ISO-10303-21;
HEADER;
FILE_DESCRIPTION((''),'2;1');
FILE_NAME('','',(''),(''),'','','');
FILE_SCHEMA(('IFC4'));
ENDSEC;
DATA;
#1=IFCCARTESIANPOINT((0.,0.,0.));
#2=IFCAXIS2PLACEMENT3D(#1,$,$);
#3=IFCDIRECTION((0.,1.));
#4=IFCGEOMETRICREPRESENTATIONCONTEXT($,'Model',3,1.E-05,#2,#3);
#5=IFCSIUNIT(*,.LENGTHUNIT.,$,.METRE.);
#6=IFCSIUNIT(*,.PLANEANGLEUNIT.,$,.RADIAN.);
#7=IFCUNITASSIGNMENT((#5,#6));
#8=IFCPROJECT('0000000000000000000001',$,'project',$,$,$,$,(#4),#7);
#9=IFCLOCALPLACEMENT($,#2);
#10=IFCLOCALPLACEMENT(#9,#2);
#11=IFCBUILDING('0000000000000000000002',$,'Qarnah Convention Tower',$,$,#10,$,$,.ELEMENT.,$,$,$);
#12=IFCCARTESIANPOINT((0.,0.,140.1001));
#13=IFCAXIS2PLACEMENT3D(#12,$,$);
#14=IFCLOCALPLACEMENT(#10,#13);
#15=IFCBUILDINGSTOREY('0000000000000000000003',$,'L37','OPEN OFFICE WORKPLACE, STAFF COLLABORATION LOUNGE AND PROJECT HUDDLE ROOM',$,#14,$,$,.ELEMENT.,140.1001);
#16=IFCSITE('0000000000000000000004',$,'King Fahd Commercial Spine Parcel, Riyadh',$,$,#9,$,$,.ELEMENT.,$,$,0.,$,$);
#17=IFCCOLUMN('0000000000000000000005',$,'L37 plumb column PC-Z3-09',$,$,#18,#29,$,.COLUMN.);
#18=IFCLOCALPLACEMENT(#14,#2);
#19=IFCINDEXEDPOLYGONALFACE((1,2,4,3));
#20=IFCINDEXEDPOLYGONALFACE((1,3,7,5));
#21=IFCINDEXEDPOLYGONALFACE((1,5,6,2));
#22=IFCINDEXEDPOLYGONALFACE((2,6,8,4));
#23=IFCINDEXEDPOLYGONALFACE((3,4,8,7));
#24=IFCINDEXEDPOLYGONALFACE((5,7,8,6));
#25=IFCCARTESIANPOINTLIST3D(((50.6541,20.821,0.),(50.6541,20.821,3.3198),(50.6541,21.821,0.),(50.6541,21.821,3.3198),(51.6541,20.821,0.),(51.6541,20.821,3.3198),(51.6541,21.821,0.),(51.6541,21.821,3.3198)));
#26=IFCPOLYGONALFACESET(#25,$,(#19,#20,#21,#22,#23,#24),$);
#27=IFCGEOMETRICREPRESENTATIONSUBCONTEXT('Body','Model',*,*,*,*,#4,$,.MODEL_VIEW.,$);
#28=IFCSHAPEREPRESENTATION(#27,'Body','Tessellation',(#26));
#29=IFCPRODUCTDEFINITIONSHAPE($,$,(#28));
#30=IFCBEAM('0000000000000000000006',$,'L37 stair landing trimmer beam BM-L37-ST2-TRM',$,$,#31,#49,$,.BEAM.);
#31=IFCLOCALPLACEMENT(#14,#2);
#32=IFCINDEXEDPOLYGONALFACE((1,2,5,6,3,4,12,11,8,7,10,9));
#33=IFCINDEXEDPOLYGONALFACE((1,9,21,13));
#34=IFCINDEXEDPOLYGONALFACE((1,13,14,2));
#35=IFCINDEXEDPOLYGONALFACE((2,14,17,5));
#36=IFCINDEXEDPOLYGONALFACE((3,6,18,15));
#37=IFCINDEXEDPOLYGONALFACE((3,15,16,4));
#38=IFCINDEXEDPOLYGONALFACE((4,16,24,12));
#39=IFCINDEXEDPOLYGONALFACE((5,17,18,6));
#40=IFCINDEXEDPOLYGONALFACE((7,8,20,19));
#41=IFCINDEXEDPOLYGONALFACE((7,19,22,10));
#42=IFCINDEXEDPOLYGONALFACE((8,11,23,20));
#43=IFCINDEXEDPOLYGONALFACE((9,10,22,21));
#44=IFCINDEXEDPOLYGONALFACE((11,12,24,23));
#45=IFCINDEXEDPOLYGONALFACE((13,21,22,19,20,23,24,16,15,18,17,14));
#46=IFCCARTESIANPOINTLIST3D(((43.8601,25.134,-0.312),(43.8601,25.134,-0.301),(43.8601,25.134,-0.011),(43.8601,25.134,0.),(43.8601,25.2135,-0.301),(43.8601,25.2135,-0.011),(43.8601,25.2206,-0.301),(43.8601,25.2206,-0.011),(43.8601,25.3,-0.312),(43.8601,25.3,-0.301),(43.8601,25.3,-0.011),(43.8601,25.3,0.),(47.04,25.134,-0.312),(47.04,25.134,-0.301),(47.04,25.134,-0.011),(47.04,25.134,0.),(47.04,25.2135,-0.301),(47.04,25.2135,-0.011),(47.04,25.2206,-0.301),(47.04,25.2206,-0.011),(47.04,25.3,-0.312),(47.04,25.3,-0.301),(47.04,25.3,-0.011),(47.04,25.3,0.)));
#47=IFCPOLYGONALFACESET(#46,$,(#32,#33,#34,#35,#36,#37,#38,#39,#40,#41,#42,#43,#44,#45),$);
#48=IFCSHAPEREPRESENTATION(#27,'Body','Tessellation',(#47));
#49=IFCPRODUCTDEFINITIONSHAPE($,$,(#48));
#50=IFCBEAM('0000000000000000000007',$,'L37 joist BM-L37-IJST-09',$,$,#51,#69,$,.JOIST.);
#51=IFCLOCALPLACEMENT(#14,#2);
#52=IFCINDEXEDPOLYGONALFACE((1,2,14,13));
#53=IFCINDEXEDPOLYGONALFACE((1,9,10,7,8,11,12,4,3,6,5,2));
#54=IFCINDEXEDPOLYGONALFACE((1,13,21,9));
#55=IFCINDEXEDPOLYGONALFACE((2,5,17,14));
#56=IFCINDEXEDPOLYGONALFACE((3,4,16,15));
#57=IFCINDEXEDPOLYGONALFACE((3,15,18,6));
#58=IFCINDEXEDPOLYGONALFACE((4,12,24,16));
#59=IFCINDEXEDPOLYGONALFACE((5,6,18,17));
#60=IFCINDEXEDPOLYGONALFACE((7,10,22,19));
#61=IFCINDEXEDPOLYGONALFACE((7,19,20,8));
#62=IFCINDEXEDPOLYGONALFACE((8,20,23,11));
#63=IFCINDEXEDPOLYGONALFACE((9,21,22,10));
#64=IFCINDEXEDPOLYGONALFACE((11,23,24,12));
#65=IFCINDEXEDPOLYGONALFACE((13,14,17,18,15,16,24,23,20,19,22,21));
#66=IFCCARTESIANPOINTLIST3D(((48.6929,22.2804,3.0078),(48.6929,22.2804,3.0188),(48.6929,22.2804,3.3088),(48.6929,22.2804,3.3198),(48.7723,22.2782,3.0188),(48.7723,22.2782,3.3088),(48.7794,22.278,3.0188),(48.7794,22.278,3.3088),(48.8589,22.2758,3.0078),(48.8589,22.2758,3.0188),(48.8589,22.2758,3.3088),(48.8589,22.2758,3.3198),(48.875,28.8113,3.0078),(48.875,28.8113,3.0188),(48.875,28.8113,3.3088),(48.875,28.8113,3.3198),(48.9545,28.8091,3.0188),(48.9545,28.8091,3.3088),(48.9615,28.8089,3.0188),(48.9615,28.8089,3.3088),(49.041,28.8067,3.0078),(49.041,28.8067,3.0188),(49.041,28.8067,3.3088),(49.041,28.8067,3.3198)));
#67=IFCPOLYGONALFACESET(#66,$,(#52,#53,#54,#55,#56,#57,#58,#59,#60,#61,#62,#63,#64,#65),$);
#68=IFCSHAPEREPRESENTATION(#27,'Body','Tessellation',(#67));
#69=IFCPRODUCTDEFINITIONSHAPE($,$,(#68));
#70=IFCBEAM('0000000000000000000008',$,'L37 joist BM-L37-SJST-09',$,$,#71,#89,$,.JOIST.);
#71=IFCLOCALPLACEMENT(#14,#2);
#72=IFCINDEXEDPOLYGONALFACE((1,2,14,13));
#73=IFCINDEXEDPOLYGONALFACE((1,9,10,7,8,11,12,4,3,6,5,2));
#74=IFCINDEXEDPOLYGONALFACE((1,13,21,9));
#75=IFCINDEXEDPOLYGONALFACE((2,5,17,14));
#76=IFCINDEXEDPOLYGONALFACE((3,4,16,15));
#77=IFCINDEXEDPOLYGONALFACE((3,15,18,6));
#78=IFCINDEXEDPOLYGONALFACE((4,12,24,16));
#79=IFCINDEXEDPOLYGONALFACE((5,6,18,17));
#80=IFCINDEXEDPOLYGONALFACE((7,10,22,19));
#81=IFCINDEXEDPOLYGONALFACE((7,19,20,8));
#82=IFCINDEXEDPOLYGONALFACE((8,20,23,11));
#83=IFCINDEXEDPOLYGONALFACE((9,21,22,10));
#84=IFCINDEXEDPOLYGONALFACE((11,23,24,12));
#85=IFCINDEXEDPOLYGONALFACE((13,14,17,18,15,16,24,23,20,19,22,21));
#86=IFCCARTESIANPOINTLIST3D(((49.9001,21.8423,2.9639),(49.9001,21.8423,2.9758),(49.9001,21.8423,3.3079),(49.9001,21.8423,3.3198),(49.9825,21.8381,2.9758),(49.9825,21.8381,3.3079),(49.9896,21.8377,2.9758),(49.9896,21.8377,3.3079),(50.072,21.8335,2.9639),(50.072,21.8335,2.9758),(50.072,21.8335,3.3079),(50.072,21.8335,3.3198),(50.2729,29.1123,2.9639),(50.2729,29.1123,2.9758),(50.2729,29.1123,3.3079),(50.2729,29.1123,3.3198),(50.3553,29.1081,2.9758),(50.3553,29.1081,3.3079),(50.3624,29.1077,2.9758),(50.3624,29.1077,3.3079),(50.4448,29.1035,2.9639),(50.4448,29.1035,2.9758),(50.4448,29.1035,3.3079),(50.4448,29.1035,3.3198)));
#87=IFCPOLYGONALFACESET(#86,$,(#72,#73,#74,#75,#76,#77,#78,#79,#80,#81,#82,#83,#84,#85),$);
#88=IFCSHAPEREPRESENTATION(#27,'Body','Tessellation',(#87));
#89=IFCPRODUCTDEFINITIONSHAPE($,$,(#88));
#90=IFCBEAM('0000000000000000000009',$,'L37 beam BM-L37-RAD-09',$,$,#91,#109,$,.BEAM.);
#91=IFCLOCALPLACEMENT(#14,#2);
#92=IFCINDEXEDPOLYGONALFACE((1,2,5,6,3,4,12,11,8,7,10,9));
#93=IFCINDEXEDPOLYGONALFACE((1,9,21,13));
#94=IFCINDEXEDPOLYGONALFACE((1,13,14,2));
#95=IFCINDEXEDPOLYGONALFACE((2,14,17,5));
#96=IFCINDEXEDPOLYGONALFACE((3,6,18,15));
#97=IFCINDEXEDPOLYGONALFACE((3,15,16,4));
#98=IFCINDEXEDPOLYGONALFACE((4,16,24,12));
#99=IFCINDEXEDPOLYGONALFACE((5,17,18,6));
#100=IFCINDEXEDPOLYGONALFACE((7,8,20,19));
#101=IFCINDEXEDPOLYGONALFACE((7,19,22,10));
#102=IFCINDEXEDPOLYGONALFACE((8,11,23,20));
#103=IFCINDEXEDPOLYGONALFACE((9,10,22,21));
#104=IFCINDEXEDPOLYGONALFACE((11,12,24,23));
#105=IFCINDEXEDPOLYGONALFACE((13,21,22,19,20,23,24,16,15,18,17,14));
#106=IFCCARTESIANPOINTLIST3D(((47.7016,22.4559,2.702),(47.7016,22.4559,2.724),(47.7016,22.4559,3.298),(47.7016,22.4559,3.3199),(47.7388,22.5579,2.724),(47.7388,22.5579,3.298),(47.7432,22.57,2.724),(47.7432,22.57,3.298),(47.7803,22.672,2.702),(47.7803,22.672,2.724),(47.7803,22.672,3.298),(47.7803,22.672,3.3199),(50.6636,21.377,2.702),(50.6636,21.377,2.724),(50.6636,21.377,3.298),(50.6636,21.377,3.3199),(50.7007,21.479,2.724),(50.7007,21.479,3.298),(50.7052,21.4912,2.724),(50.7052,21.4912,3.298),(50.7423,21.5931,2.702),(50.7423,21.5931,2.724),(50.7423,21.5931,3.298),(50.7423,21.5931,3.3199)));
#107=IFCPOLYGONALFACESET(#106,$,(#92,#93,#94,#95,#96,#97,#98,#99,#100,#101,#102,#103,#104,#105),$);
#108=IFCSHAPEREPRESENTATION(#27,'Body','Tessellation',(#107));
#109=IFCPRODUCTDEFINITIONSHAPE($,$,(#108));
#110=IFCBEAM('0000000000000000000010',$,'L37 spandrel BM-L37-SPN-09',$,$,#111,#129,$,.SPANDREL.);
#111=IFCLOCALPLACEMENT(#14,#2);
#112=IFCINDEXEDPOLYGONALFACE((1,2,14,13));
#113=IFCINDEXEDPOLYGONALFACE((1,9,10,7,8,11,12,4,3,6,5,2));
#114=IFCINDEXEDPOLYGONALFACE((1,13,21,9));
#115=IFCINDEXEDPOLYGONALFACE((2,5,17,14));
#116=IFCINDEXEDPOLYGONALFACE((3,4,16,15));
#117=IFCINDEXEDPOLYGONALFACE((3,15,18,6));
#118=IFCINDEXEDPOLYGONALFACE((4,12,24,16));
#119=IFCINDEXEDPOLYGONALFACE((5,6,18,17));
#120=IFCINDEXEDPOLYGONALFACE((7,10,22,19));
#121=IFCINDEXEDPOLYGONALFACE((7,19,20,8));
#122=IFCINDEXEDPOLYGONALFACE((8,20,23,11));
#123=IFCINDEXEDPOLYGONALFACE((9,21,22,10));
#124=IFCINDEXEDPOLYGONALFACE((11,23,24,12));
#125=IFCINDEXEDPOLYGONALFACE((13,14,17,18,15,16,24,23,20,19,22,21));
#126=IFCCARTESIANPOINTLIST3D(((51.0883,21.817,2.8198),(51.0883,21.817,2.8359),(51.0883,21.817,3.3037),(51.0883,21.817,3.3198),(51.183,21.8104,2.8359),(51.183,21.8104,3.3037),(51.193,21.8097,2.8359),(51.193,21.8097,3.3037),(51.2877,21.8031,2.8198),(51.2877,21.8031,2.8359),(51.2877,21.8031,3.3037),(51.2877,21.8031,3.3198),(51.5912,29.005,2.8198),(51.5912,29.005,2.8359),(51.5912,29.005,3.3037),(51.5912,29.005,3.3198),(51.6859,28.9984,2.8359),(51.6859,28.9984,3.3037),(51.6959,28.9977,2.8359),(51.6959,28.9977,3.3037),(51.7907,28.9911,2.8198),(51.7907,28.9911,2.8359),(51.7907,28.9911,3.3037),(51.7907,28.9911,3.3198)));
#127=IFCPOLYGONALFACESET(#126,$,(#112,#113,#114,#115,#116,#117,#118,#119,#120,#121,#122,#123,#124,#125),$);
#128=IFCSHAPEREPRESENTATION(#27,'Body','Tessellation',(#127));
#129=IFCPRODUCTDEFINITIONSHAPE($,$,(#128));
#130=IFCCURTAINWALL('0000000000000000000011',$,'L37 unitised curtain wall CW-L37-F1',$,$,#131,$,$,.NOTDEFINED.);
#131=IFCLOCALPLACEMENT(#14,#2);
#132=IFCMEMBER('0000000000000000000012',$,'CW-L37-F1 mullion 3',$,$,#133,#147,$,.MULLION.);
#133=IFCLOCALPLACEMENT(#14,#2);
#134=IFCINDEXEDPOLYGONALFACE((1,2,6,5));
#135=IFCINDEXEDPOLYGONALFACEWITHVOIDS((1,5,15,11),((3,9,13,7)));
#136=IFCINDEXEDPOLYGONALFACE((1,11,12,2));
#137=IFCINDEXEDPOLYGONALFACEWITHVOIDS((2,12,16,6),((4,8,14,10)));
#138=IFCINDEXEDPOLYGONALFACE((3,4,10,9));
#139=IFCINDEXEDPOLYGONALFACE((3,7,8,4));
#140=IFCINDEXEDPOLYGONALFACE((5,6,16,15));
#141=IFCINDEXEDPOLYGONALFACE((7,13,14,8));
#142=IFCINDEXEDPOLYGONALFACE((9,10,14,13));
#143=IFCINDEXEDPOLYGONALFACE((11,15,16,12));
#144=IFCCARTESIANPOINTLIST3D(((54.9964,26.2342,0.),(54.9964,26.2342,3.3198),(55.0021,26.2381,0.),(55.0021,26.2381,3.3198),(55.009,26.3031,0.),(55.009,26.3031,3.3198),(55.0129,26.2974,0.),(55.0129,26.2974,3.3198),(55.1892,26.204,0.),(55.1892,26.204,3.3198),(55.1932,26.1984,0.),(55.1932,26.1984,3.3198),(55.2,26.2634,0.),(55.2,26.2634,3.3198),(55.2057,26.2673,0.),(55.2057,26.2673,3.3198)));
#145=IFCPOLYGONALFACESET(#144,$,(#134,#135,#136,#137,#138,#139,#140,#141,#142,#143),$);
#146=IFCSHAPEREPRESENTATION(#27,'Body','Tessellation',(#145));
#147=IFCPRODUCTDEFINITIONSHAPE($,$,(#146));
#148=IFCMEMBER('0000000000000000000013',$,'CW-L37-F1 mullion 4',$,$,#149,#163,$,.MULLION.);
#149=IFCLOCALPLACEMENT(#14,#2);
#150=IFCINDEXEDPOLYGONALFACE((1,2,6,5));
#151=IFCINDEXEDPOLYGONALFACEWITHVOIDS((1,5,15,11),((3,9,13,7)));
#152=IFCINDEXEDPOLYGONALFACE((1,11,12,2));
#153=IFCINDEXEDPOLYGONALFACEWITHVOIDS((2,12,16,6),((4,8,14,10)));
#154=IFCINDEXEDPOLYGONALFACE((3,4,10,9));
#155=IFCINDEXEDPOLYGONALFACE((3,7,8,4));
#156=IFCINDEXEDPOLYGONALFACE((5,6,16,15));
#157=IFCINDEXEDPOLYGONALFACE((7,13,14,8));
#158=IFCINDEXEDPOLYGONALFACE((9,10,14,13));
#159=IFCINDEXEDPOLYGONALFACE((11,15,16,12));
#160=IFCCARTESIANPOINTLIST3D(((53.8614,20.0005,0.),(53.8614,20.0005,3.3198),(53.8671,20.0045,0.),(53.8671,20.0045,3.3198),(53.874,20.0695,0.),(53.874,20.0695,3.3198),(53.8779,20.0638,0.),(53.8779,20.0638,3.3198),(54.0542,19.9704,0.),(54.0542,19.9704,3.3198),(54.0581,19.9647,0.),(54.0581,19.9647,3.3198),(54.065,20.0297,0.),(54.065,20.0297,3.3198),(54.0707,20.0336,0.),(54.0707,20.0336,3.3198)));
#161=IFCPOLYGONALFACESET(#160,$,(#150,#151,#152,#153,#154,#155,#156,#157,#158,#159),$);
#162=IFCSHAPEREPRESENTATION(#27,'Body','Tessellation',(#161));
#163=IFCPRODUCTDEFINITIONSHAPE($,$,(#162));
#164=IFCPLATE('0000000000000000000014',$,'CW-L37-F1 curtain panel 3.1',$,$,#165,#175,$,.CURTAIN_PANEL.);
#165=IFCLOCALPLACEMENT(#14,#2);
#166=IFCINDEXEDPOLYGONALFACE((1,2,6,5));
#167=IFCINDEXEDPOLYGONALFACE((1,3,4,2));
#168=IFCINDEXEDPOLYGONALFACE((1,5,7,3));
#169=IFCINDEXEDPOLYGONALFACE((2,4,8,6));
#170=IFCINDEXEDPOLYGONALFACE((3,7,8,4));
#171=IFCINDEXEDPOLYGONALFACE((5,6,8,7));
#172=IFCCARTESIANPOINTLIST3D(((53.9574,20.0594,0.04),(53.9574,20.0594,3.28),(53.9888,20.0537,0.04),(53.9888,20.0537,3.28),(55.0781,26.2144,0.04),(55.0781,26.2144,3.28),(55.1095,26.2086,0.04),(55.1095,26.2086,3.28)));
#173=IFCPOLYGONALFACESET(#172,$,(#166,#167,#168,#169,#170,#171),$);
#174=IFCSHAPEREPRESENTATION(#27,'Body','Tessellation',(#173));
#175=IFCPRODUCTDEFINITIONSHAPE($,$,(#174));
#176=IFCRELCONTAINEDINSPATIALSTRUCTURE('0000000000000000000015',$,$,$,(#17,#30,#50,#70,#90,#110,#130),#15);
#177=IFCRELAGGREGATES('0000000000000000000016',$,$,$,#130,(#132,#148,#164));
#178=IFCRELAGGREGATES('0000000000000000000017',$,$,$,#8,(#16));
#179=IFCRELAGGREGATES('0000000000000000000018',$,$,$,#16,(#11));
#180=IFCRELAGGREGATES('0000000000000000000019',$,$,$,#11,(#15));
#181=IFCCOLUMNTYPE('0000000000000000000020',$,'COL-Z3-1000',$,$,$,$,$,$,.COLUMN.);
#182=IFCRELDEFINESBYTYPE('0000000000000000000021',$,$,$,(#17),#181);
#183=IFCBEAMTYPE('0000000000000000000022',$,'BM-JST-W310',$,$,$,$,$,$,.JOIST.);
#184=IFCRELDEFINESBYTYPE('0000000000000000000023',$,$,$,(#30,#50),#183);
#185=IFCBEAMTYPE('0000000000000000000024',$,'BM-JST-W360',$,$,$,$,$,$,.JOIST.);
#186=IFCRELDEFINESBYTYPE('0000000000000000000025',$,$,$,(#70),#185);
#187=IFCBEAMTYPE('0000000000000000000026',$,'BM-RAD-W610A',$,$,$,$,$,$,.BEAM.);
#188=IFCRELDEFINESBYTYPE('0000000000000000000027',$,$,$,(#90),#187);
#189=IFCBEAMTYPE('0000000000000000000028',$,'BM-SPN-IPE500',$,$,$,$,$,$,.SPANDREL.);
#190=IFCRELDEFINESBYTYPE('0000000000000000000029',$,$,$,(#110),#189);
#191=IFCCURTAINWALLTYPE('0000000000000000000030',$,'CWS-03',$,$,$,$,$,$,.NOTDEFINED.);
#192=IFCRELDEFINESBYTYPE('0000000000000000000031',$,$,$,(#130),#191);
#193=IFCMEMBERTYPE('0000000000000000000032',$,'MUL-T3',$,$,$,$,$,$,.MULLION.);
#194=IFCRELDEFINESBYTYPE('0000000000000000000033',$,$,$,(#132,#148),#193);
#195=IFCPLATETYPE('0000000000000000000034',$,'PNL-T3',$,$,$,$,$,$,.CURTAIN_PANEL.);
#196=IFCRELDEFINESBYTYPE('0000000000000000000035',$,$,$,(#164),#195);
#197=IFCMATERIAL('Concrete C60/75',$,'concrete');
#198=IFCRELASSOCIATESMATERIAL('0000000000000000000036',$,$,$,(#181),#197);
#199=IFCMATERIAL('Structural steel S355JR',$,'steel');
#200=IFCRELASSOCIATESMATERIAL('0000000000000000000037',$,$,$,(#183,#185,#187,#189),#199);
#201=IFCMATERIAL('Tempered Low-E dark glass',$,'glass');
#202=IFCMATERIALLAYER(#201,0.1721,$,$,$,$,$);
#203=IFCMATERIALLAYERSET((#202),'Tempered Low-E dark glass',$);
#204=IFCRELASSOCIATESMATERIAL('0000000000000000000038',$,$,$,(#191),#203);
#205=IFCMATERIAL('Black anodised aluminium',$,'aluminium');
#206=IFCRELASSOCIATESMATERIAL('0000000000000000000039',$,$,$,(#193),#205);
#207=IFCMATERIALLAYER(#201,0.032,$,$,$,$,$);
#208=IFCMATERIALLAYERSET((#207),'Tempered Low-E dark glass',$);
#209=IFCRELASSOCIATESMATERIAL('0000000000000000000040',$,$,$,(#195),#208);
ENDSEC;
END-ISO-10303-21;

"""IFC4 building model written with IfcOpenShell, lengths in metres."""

from ifc_helpers import new_model, si_unit, direction, frame, origin, origin_2d, place, context, subcontext, project, spatial, rectangle, hollow_rectangle, i_section, extrude, material, layer, layer_set, material_profile, profile_set, type_object, element, aggregate, save


model = new_model("IFC4")

# Units and contexts
model_context = context("Model", 3, precision=1e-05, world=origin(), true_north=direction((0.0, 1.0)))
body_context = subcontext(model_context, "Body", "Model", "MODEL_VIEW")
ifc_project = project(units=[si_unit("LENGTHUNIT", "METRE"), si_unit("PLANEANGLEUNIT", "RADIAN")], contexts=[model_context])

# Site, building, storey
site_placement = place(None, origin())
site = spatial("IfcSite", under=ifc_project, at=site_placement, Name="King Fahd Commercial Spine Parcel, Riyadh", CompositionType="ELEMENT", RefElevation=0.0)
building_placement = place(site_placement, origin())
building = spatial("IfcBuilding", under=site, at=building_placement, Name="Qarnah Convention Tower", CompositionType="ELEMENT")
storey_placement = place(building_placement, frame((0.0, 0.0, 140.1001)))
storey = spatial("IfcBuildingStorey", under=building, at=storey_placement, Name="L37", Description="OPEN OFFICE WORKPLACE, STAFF COLLABORATION LOUNGE AND PROJECT HUDDLE ROOM", CompositionType="ELEMENT", Elevation=140.1001)

# Column
ifc_material_1 = material(Name="Concrete C60/75", Category="concrete")
ifc_material_profile_1 = material_profile(ifc_material_1, rectangle(XDim=1.0, YDim=1.0, at=origin_2d()), Name="RC-COL-1000X1000")
ifc_profile_set_1 = profile_set([ifc_material_profile_1], Name="Concrete C60/75")
column_type = type_object("IfcColumnType", Name="COL-Z3-1000", PredefinedType="COLUMN", material=ifc_profile_set_1)
column_placement = place(storey_placement, frame((51.1541, 21.321, 0.0), z_axis=(0.0, 0.0, 1.0), x_axis=(1.0, 0.0, 0.0)))
element("IfcColumn", 1, at=column_placement, inside=storey, type_object=column_type, Name="L37 plumb column PC-Z3-09", PredefinedType="COLUMN", context=body_context, shape_type="SweptSolid", body=[
    extrude(rectangle(XDim=1.0, YDim=1.0, at=origin_2d()), origin(), (0.0, 0.0, 1.0), 3.3198),
])

# Beams
ifc_material_2 = material(Name="Structural steel S355JR", Category="steel")
ifc_material_profile_2 = material_profile(ifc_material_2, i_section(OverallWidth=0.166, OverallDepth=0.312, WebThickness=0.0071, FlangeThickness=0.011, at=origin_2d()), Name="W310X45")
ifc_profile_set_2 = profile_set([ifc_material_profile_2], Name="Structural steel S355JR")
beam_type_1 = type_object("IfcBeamType", Name="BM-JST-W310", PredefinedType="JOIST", material=ifc_profile_set_2)
beam_1_placement = place(storey_placement, frame((43.8601, 25.217, -0.156), z_axis=(1.0, 0.0, 0.0), x_axis=(0.0, 1.0, 0.0)))
element("IfcBeam", 2, at=beam_1_placement, inside=storey, type_object=beam_type_1, Name="L37 stair landing trimmer beam BM-L37-ST2-TRM", PredefinedType="BEAM", context=body_context, shape_type="SweptSolid", body=[
    extrude(i_section(OverallWidth=0.166, OverallDepth=0.312, WebThickness=0.0071, FlangeThickness=0.011, at=origin_2d()), origin(), (0.0, 0.0, 1.0), 3.1799),
])
beam_2_placement = place(storey_placement, frame((48.7759, 22.2781, 3.1638), z_axis=(0.027876, 0.999611, 0.0), x_axis=(-0.999611, 0.027876, 0.0)))
element("IfcBeam", 3, at=beam_2_placement, inside=storey, type_object=beam_type_1, Name="L37 joist BM-L37-IJST-09", PredefinedType="JOIST", context=body_context, shape_type="SweptSolid", body=[
    extrude(i_section(OverallWidth=0.166, OverallDepth=0.312, WebThickness=0.0071, FlangeThickness=0.011, at=origin_2d()), origin(), (0.0, 0.0, 1.0), 6.5334),
])
ifc_material_profile_3 = material_profile(ifc_material_2, i_section(OverallWidth=0.1721, OverallDepth=0.356, WebThickness=0.0071, FlangeThickness=0.012, at=origin_2d()), Name="W360X51")
ifc_profile_set_3 = profile_set([ifc_material_profile_3], Name="Structural steel S355JR")
beam_type_2 = type_object("IfcBeamType", Name="BM-JST-W360", PredefinedType="JOIST", material=ifc_profile_set_3)
beam_3_placement = place(storey_placement, frame((49.9861, 21.8379, 3.1418), z_axis=(0.051212, 0.998688, 0.0), x_axis=(-0.998688, 0.051212, 0.0)))
element("IfcBeam", 4, at=beam_3_placement, inside=storey, type_object=beam_type_2, Name="L37 joist BM-L37-SJST-09", PredefinedType="JOIST", context=body_context, shape_type="SweptSolid", body=[
    extrude(i_section(OverallWidth=0.1721, OverallDepth=0.356, WebThickness=0.0071, FlangeThickness=0.012, at=origin_2d()), origin(), (0.0, 0.0, 1.0), 7.2795),
])
ifc_material_profile_4 = material_profile(ifc_material_2, i_section(OverallWidth=0.23, OverallDepth=0.6179, WebThickness=0.0129, FlangeThickness=0.022, at=origin_2d()), Name="W610X140")
ifc_profile_set_4 = profile_set([ifc_material_profile_4], Name="Structural steel S355JR")
beam_type_3 = type_object("IfcBeamType", Name="BM-RAD-W610A", PredefinedType="BEAM", material=ifc_profile_set_4)
beam_4_placement = place(storey_placement, frame((47.741, 22.564, 3.011), z_axis=(0.93961, -0.342247, 0.0), x_axis=(0.342247, 0.93961, 0.0)))
element("IfcBeam", 5, at=beam_4_placement, inside=storey, type_object=beam_type_3, Name="L37 beam BM-L37-RAD-09", PredefinedType="BEAM", context=body_context, shape_type="SweptSolid", body=[
    extrude(i_section(OverallWidth=0.23, OverallDepth=0.6179, WebThickness=0.0129, FlangeThickness=0.022, at=origin_2d()), origin(), (0.0, 0.0, 1.0), 3.1523),
])
ifc_material_profile_5 = material_profile(ifc_material_2, i_section(OverallWidth=0.2, OverallDepth=0.5, WebThickness=0.01, FlangeThickness=0.0161, at=origin_2d()), Name="IPE500")
ifc_profile_set_5 = profile_set([ifc_material_profile_5], Name="Structural steel S355JR")
beam_type_4 = type_object("IfcBeamType", Name="BM-SPN-IPE500", PredefinedType="SPANDREL", material=ifc_profile_set_5)
beam_5_placement = place(storey_placement, frame((51.188, 21.8101, 3.0698), z_axis=(0.069797, 0.997561, 0.0), x_axis=(-0.997561, 0.069797, 0.0)))
element("IfcBeam", 6, at=beam_5_placement, inside=storey, type_object=beam_type_4, Name="L37 spandrel BM-L37-SPN-09", PredefinedType="SPANDREL", context=body_context, shape_type="SweptSolid", body=[
    extrude(i_section(OverallWidth=0.2, OverallDepth=0.5, WebThickness=0.01, FlangeThickness=0.0161, at=origin_2d()), origin(), (0.0, 0.0, 1.0), 7.2056),
])

# Curtain wall, members, plate
ifc_material_3 = material(Name="Tempered Low-E dark glass", Category="glass")
ifc_layer_1 = layer(ifc_material_3, 0.1721)
ifc_layer_set_1 = layer_set([ifc_layer_1], Name="Tempered Low-E dark glass")
curtain_wall_type = type_object("IfcCurtainWallType", Name="CWS-03", PredefinedType="NOTDEFINED", material=ifc_layer_set_1)
curtain_wall_placement = place(storey_placement, origin())
curtain_wall = element("IfcCurtainWall", 7, at=curtain_wall_placement, inside=storey, type_object=curtain_wall_type, Name="L37 unitised curtain wall CW-L37-F1", PredefinedType="NOTDEFINED")
ifc_material_4 = material(Name="Black anodised aluminium", Category="aluminium")
ifc_material_profile_6 = material_profile(ifc_material_4, hollow_rectangle(XDim=0.0701, YDim=0.2, WallThickness=0.0049, at=origin_2d()), Name="MUL-70X200")
ifc_profile_set_6 = profile_set([ifc_material_profile_6], Name="Black anodised aluminium")
member_type = type_object("IfcMemberType", Name="MUL-T3", PredefinedType="MULLION", material=ifc_profile_set_6)
member_1_placement = place(storey_placement, frame((55.1011, 26.2507, 0.0), z_axis=(0.0, 0.0, 1.0), x_axis=(-0.179133, -0.983825, 0.0)))
member_1 = element("IfcMember", 8, at=member_1_placement, type_object=member_type, Name="CW-L37-F1 mullion 3", PredefinedType="MULLION", context=body_context, shape_type="SweptSolid", body=[
    extrude(hollow_rectangle(XDim=0.0701, YDim=0.2, WallThickness=0.0049, at=origin_2d()), origin(), (0.0, 0.0, 1.0), 3.3198),
])
member_2_placement = place(storey_placement, frame((53.9661, 20.0171, 0.0), z_axis=(0.0, 0.0, 1.0), x_axis=(-0.179133, -0.983825, 0.0)))
member_2 = element("IfcMember", 9, at=member_2_placement, type_object=member_type, Name="CW-L37-F1 mullion 4", PredefinedType="MULLION", context=body_context, shape_type="SweptSolid", body=[
    extrude(hollow_rectangle(XDim=0.0701, YDim=0.2, WallThickness=0.0049, at=origin_2d()), origin(), (0.0, 0.0, 1.0), 3.3198),
])
ifc_layer_2 = layer(ifc_material_3, 0.032)
ifc_layer_set_2 = layer_set([ifc_layer_2], Name="Tempered Low-E dark glass")
plate_type = type_object("IfcPlateType", Name="PNL-T3", PredefinedType="CURTAIN_PANEL", material=ifc_layer_set_2)
plate_placement = place(storey_placement, frame((54.5334, 23.134, 0.04), z_axis=(0.0, 0.0, 1.0), x_axis=(-0.179133, -0.983825, 0.0)))
plate = element("IfcPlate", 10, at=plate_placement, type_object=plate_type, Name="CW-L37-F1 curtain panel 3.1", PredefinedType="CURTAIN_PANEL", context=body_context, shape_type="SweptSolid", body=[
    extrude(rectangle(XDim=6.2561, YDim=0.032, at=origin_2d()), origin(), (0.0, 0.0, 1.0), 3.24),
])
aggregate(curtain_wall, [member_1, member_2, plate])

save(model, "model.ifc")
